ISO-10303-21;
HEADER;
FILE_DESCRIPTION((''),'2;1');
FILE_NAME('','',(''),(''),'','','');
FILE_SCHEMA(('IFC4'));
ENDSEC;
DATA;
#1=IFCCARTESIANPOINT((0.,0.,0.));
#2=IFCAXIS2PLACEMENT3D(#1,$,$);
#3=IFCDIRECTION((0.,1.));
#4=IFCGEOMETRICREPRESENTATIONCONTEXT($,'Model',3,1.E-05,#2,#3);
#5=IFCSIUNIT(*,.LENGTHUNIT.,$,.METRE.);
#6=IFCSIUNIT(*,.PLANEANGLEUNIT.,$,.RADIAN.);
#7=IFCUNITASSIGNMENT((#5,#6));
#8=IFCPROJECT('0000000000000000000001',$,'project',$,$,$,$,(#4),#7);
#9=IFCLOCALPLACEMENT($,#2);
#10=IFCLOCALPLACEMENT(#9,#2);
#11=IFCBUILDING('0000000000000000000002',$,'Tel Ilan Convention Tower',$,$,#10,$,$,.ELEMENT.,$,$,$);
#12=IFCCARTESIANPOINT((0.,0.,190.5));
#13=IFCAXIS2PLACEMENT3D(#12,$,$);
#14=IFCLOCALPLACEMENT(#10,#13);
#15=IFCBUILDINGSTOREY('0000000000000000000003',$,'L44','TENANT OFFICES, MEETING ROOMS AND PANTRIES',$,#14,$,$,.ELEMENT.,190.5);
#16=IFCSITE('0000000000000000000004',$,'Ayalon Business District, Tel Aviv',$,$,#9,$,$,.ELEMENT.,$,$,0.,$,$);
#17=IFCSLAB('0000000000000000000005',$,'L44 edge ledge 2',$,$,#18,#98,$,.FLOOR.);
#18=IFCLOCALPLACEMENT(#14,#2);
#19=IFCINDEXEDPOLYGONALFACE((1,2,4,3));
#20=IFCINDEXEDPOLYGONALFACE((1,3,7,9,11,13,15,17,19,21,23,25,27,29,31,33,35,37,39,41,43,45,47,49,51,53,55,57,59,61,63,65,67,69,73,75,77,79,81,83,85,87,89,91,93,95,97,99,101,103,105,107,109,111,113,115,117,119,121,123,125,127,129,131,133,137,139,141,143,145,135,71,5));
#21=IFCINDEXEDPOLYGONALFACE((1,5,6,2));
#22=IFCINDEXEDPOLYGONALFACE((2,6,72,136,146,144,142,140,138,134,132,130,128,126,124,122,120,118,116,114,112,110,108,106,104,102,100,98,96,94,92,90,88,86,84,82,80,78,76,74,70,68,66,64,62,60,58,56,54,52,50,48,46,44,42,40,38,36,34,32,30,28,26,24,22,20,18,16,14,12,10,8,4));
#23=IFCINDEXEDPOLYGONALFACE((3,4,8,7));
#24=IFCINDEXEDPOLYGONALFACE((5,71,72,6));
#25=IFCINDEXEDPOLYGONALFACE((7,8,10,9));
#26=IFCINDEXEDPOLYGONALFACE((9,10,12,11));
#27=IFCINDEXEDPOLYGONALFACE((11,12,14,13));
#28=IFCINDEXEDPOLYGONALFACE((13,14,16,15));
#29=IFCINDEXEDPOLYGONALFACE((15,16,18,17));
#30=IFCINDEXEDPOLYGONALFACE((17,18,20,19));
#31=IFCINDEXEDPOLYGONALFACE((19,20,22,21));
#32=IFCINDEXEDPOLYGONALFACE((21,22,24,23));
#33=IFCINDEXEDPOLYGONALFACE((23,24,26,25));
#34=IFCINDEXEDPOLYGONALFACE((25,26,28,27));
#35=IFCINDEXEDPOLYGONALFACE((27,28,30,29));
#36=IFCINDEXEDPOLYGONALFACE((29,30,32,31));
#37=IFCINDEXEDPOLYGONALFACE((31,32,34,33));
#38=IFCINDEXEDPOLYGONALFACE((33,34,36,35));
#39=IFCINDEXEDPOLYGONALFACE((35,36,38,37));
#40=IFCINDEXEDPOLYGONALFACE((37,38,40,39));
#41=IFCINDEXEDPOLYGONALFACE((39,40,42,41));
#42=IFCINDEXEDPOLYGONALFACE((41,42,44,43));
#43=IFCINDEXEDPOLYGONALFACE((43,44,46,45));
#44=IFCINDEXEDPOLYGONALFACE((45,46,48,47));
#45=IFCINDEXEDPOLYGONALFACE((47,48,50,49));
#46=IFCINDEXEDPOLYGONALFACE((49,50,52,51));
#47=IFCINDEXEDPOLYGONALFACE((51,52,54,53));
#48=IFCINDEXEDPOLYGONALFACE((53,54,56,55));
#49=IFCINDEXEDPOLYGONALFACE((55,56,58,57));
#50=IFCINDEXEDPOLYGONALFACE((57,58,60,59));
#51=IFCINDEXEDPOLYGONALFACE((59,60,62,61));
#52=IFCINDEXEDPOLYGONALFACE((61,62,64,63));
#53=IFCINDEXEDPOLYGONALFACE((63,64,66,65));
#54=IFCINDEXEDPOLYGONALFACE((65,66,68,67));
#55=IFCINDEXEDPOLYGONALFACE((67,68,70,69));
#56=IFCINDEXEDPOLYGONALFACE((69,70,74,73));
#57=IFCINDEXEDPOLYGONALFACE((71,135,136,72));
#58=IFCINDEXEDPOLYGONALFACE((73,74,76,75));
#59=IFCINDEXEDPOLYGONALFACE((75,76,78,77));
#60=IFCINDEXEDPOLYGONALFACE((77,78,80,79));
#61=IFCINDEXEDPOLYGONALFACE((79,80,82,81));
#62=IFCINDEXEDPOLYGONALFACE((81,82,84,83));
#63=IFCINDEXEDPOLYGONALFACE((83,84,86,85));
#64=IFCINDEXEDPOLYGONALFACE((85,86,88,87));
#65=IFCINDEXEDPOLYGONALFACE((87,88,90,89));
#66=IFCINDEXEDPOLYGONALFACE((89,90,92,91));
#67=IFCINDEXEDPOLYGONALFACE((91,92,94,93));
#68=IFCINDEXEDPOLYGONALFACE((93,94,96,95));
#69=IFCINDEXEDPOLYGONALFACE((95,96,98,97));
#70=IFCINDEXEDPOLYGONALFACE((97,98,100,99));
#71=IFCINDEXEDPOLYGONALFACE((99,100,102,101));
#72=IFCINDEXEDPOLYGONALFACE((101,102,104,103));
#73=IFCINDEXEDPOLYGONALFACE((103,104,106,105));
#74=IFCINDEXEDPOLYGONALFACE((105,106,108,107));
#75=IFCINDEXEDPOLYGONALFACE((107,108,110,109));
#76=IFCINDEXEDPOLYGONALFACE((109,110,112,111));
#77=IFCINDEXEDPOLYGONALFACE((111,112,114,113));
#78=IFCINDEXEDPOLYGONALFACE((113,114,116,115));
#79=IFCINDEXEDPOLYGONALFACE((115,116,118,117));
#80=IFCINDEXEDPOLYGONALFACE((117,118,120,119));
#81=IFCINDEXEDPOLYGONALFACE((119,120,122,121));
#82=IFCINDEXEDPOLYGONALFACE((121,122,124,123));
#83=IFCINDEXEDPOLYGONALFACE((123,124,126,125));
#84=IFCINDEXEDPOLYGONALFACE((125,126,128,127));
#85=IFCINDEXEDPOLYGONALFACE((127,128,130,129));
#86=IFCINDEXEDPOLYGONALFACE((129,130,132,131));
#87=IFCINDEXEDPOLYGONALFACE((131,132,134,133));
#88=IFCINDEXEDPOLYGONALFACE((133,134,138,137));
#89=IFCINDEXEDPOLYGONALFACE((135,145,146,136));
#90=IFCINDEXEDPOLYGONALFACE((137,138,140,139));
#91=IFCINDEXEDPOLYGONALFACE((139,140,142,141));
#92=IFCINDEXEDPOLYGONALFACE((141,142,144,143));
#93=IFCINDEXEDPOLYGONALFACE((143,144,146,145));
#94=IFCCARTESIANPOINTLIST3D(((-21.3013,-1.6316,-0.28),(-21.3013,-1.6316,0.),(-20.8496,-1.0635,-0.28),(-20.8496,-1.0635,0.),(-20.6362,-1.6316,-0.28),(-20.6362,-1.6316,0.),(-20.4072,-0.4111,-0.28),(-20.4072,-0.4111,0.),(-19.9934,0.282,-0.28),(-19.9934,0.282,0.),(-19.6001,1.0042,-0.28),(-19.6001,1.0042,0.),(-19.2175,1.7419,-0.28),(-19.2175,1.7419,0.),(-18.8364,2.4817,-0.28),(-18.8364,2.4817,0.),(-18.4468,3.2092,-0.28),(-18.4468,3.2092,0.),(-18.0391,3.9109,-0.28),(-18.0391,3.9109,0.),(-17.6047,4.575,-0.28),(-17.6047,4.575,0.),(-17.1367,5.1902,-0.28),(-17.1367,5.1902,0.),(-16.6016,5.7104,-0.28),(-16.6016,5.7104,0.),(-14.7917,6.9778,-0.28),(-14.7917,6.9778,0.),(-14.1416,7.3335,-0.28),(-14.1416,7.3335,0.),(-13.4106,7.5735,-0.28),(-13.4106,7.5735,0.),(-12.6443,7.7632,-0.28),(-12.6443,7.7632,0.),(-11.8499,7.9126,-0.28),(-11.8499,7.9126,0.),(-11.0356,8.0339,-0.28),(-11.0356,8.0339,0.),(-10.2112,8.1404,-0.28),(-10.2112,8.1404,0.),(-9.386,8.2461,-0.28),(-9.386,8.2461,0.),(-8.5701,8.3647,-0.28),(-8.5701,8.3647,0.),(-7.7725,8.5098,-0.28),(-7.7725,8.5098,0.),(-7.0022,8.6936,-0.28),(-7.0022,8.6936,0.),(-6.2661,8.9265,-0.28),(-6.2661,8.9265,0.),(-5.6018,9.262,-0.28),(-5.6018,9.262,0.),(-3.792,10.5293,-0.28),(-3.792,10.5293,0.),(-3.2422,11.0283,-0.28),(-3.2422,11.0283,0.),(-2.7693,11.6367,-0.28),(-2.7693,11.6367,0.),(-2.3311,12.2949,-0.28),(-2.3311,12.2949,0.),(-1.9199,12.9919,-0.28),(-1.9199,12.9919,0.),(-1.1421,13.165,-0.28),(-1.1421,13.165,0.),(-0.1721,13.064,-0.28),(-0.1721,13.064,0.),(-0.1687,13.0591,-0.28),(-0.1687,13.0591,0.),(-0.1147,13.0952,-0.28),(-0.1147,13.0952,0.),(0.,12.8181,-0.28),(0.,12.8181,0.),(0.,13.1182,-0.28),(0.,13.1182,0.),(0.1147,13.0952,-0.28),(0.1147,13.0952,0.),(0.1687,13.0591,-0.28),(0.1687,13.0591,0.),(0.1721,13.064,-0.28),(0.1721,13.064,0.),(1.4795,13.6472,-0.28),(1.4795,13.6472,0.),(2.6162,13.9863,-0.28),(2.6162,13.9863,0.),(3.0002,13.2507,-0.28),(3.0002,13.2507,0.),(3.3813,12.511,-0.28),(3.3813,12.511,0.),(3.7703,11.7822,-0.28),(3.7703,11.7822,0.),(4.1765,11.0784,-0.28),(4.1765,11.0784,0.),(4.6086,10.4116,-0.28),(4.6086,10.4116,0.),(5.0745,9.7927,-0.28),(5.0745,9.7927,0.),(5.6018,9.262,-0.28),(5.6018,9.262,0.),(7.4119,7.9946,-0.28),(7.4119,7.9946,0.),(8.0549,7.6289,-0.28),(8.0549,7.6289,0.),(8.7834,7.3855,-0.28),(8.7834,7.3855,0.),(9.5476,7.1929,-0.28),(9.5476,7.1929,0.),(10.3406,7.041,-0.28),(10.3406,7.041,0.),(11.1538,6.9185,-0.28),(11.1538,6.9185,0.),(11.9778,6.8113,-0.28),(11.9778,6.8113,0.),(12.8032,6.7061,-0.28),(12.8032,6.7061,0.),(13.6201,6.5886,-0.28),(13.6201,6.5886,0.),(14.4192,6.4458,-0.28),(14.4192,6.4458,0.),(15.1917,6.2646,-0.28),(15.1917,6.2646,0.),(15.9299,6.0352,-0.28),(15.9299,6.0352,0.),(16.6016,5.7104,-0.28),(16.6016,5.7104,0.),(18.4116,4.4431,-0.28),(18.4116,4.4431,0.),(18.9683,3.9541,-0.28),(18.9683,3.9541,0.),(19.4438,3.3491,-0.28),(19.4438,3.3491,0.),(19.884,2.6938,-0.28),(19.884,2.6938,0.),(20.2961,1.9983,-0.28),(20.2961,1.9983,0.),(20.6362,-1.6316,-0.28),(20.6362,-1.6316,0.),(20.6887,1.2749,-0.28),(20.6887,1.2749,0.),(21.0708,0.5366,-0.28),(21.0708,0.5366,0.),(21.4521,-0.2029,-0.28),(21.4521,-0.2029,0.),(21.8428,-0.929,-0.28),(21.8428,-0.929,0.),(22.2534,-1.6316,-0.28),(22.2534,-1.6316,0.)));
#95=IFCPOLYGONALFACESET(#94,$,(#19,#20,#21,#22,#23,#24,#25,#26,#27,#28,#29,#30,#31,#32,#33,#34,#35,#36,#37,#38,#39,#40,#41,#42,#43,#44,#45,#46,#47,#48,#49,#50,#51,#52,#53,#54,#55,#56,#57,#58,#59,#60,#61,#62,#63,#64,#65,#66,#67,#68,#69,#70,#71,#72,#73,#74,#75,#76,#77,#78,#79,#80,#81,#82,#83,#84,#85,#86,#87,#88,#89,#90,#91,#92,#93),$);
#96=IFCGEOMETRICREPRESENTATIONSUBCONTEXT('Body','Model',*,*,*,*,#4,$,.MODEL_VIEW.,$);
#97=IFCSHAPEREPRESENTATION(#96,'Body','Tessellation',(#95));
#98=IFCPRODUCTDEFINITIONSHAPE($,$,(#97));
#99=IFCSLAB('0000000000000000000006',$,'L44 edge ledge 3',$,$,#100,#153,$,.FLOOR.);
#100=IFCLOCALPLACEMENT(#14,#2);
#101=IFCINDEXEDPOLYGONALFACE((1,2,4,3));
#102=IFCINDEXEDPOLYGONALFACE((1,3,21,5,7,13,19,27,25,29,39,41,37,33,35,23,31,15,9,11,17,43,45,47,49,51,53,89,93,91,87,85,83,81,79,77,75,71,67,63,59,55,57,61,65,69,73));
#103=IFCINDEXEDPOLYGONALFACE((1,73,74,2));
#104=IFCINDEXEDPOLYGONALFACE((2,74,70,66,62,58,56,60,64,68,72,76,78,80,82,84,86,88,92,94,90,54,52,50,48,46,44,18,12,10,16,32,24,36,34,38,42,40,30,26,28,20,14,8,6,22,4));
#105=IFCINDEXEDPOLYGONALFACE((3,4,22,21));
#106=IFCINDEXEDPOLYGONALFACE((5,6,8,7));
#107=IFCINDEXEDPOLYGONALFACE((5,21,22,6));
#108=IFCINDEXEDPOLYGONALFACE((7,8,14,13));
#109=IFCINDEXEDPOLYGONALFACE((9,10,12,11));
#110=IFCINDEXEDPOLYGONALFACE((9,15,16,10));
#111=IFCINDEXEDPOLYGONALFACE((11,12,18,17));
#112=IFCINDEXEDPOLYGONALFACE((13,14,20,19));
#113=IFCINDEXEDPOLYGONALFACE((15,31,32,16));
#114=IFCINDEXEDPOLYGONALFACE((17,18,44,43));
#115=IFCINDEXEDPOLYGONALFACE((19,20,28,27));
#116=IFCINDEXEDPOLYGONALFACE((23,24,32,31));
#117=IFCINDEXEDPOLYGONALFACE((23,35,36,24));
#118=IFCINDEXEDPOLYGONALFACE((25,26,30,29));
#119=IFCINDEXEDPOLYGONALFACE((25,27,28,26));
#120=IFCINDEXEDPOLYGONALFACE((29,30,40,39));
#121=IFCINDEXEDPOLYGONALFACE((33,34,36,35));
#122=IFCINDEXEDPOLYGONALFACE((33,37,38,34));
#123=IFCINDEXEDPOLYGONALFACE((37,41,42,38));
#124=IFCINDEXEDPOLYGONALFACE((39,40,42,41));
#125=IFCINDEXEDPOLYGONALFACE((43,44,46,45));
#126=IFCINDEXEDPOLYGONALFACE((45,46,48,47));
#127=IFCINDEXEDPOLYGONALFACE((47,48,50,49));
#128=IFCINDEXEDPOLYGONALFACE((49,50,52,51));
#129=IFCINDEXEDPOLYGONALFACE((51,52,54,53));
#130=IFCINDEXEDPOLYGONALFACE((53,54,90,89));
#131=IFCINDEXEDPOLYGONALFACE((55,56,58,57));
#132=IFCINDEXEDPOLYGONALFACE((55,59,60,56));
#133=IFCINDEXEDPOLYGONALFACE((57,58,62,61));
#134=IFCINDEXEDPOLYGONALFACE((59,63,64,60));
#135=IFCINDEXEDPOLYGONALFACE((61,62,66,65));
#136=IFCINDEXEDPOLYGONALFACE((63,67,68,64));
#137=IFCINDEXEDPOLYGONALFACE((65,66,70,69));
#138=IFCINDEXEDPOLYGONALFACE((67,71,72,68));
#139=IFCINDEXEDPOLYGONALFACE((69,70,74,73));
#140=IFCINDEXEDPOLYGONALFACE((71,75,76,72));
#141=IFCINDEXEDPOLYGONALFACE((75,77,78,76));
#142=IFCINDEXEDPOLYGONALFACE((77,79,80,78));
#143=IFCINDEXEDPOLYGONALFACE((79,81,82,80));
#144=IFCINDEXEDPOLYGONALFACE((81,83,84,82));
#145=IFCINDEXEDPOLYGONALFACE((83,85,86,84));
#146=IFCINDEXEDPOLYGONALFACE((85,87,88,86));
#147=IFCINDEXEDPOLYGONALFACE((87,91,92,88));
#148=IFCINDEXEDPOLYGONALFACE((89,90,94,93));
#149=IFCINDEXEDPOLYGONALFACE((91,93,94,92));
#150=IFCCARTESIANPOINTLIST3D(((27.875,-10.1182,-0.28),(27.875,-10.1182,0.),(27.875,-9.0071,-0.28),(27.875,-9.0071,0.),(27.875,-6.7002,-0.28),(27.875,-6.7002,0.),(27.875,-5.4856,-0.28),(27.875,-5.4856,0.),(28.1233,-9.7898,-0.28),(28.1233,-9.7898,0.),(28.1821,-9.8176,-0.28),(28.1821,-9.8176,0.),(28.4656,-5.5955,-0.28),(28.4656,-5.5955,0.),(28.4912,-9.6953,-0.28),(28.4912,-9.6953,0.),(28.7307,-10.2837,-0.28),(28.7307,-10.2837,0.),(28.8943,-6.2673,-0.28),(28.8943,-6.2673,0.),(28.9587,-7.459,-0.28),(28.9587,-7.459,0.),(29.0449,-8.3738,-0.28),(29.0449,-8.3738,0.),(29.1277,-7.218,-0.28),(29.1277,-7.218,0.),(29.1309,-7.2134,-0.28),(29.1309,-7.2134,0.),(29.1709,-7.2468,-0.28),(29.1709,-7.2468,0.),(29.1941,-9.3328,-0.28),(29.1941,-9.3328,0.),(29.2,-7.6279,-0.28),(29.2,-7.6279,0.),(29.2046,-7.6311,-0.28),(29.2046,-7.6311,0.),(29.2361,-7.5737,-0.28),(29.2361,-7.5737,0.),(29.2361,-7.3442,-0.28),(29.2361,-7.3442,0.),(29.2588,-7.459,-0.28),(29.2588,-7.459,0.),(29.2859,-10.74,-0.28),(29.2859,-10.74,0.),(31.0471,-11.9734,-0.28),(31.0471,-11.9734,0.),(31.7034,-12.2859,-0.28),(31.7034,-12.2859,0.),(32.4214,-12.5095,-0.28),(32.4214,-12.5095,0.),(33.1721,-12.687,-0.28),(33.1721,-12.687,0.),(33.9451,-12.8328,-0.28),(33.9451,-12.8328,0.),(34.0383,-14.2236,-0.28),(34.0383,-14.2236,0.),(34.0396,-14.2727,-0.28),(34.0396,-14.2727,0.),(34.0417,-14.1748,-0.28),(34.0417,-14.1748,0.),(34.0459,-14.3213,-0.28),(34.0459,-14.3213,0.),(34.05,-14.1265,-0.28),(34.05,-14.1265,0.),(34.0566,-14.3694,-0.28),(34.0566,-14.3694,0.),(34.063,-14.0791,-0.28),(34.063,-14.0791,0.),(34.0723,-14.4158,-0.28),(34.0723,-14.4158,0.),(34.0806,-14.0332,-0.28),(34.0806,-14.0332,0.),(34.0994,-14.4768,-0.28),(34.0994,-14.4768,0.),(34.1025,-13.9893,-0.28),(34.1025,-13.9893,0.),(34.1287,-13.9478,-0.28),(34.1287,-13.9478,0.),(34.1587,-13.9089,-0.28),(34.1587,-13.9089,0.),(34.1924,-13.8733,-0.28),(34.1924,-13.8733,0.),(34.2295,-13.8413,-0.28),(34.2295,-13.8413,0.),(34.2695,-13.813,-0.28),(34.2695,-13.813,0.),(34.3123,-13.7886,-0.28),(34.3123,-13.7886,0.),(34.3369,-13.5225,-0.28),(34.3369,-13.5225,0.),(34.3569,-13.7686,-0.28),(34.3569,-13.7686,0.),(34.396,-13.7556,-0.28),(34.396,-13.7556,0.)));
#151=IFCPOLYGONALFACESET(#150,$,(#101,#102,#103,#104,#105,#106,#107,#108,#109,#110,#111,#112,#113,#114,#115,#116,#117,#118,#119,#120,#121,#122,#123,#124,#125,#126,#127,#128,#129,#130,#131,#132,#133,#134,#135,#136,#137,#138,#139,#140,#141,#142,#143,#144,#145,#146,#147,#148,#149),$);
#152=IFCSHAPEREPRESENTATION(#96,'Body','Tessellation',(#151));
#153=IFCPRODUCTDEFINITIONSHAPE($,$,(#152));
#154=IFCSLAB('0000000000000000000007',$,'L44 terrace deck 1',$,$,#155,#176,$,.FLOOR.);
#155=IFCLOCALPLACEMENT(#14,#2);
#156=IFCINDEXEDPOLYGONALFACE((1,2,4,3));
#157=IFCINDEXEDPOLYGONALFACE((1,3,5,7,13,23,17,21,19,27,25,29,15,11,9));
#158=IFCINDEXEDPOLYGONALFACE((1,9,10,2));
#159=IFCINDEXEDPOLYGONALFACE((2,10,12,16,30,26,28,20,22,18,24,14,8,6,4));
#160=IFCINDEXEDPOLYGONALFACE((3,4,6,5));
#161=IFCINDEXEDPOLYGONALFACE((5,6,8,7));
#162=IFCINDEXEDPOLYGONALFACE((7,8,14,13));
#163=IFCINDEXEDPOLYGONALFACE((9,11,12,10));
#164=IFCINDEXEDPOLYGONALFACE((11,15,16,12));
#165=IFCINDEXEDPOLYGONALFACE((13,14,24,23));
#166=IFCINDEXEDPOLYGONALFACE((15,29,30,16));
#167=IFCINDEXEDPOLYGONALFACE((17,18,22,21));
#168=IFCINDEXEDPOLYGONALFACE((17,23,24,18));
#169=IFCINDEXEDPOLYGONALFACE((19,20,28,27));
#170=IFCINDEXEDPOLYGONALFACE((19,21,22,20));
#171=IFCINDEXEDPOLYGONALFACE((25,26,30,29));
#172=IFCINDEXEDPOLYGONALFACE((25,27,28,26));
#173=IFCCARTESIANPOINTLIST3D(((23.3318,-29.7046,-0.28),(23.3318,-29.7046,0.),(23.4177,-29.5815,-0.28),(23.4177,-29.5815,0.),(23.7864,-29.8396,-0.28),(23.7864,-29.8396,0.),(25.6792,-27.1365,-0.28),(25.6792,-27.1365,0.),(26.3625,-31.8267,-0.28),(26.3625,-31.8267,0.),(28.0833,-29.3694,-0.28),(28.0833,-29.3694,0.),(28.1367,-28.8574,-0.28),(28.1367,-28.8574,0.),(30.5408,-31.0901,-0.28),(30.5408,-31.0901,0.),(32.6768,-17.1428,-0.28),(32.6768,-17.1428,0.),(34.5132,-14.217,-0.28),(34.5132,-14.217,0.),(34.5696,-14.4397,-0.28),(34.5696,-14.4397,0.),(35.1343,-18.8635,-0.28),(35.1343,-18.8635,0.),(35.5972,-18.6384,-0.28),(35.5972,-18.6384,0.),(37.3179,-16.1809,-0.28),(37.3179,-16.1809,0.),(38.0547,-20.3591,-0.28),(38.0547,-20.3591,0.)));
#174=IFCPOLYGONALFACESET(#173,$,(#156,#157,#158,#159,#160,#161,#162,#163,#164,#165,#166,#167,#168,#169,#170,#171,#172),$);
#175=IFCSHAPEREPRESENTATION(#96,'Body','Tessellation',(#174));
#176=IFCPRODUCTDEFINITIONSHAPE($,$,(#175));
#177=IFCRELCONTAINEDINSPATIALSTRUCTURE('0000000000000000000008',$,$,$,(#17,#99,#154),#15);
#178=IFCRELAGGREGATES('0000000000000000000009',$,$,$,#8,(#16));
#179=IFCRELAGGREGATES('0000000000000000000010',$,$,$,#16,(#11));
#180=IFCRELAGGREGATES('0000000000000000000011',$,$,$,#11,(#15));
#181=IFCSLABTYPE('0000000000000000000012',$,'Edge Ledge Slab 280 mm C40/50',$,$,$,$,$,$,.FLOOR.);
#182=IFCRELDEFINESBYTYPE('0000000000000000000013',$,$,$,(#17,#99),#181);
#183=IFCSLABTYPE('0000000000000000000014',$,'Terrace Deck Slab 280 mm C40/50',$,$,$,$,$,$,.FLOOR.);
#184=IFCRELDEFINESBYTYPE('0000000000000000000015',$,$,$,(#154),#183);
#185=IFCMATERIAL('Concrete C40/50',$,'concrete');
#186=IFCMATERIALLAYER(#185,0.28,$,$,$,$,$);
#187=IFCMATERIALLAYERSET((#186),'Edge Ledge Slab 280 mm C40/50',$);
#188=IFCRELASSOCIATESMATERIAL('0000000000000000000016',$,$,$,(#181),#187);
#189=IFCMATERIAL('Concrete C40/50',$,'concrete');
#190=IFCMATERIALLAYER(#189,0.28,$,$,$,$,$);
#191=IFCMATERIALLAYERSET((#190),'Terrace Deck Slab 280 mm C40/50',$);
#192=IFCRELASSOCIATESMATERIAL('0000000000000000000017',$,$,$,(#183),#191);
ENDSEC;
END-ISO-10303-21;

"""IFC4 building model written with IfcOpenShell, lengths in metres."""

from ifc_helpers import new_model, si_unit, direction, frame, origin, place, context, subcontext, project, spatial, polyline, outline, extrude, material, layer, layer_set, type_object, element, save


model = new_model("IFC4")

# Units and contexts
model_context = context("Model", 3, precision=1e-05, world=origin(), true_north=direction((0.0, 1.0)))
body_context = subcontext(model_context, "Body", "Model", "MODEL_VIEW")
ifc_project = project(units=[si_unit("LENGTHUNIT", "METRE"), si_unit("PLANEANGLEUNIT", "RADIAN")], contexts=[model_context])

# Site, building, storey
site_placement = place(None, origin())
site = spatial("IfcSite", under=ifc_project, at=site_placement, Name="Ayalon Business District, Tel Aviv", CompositionType="ELEMENT", RefElevation=0.0)
building_placement = place(site_placement, origin())
building = spatial("IfcBuilding", under=site, at=building_placement, Name="Tel Ilan Convention Tower", CompositionType="ELEMENT")
storey_placement = place(building_placement, frame((0.0, 0.0, 190.5)))
storey = spatial("IfcBuildingStorey", under=building, at=storey_placement, Name="L44", Description="TENANT OFFICES, MEETING ROOMS AND PANTRIES", CompositionType="ELEMENT", Elevation=190.5)

# Slabs
ifc_material_1 = material(Name="Concrete C40/50", Category="concrete")
ifc_layer_1 = layer(ifc_material_1, 0.28)
ifc_layer_set_1 = layer_set([ifc_layer_1], Name="Edge Ledge Slab 280 mm C40/50")
slab_type_1 = type_object("IfcSlabType", Name="Edge Ledge Slab 280 mm C40/50", PredefinedType="FLOOR", material=ifc_layer_set_1)
slab_1_placement = place(storey_placement, frame((0.0, 0.0, -0.28)))
element("IfcSlab", 1, at=slab_1_placement, inside=storey, type_object=slab_type_1, Name="L44 edge ledge 2", PredefinedType="FLOOR", context=body_context, shape_type="SweptSolid", body=[
    extrude(outline(polyline([(-18.4468, 3.2092), (-18.0391, 3.9109), (-17.6047, 4.575), (-17.1367, 5.1902), (-16.6016, 5.7104), (-14.7917, 6.9778), (-14.1416, 7.3335), (-13.4106, 7.5735), (-12.6443, 7.7632), (-11.8499, 7.9126), (-11.0356, 8.0339), (-10.2112, 8.1404), (-9.386, 8.2461), (-8.5701, 8.3647), (-7.7725, 8.5098), (-7.0022, 8.6936), (-6.2661, 8.9265), (-5.6018, 9.262), (-3.792, 10.5293), (-3.2422, 11.0283), (-2.7693, 11.6367), (-2.3311, 12.2949), (-1.9199, 12.9919), (-1.1421, 13.165), (-0.1721, 13.064), (-0.1687, 13.0591), (-0.1147, 13.0952), (0.0, 13.1182), (0.1147, 13.0952), (0.1687, 13.0591), (0.1721, 13.064), (1.4795, 13.6472), (2.6162, 13.9863), (3.0002, 13.2507), (3.3813, 12.511), (3.7703, 11.7822), (4.1765, 11.0784), (4.6086, 10.4116), (5.0745, 9.7927), (5.6018, 9.262), (7.4119, 7.9946), (8.0549, 7.6289), (8.7834, 7.3855), (9.5476, 7.1929), (10.3406, 7.041), (11.1538, 6.9185), (11.9778, 6.8113), (12.8032, 6.7061), (13.6201, 6.5886), (14.4192, 6.4458), (15.1917, 6.2646), (15.9299, 6.0352), (16.6016, 5.7104), (18.4116, 4.4431), (18.9683, 3.9541), (19.4438, 3.3491), (19.884, 2.6938), (20.2961, 1.9983), (20.6887, 1.2749), (21.0708, 0.5366), (21.4521, -0.2029), (21.8428, -0.929), (22.2534, -1.6316), (20.6362, -1.6316), (0.0, 12.8181), (-20.6362, -1.6316), (-21.3013, -1.6316), (-20.8496, -1.0635), (-20.4072, -0.4111), (-19.9934, 0.282), (-19.6001, 1.0042), (-19.2175, 1.7419), (-18.8364, 2.4817), (-18.4468, 3.2092)])), origin(), (0.0, 0.0, 1.0), 0.28),
])
slab_2_placement = place(storey_placement, frame((0.0, 0.0, -0.28)))
element("IfcSlab", 2, at=slab_2_placement, inside=storey, type_object=slab_type_1, Name="L44 edge ledge 3", PredefinedType="FLOOR", context=body_context, shape_type="SweptSolid", body=[
    extrude(outline(polyline([(29.2588, -7.459), (29.2361, -7.5737), (29.2, -7.6279), (29.2046, -7.6311), (29.0449, -8.3738), (29.1941, -9.3328), (28.4912, -9.6953), (28.1233, -9.7898), (28.1821, -9.8176), (28.7307, -10.2837), (29.2859, -10.74), (31.0471, -11.9734), (31.7034, -12.2859), (32.4214, -12.5095), (33.1721, -12.687), (33.9451, -12.8328), (34.3369, -13.5225), (34.396, -13.7556), (34.3569, -13.7686), (34.3123, -13.7886), (34.2695, -13.813), (34.2295, -13.8413), (34.1924, -13.8733), (34.1587, -13.9089), (34.1287, -13.9478), (34.1025, -13.9893), (34.0806, -14.0332), (34.063, -14.0791), (34.05, -14.1265), (34.0417, -14.1748), (34.0383, -14.2236), (34.0396, -14.2727), (34.0459, -14.3213), (34.0566, -14.3694), (34.0723, -14.4158), (34.0994, -14.4768), (27.875, -10.1182), (27.875, -9.0071), (28.9587, -7.459), (27.875, -6.7002), (27.875, -5.4856), (28.4656, -5.5955), (28.8943, -6.2673), (29.1309, -7.2134), (29.1277, -7.218), (29.1709, -7.2468), (29.2361, -7.3442), (29.2588, -7.459)])), origin(), (0.0, 0.0, 1.0), 0.28),
])
ifc_material_2 = material(Name="Concrete C40/50", Category="concrete")
ifc_layer_2 = layer(ifc_material_2, 0.28)
ifc_layer_set_2 = layer_set([ifc_layer_2], Name="Terrace Deck Slab 280 mm C40/50")
slab_type_2 = type_object("IfcSlabType", Name="Terrace Deck Slab 280 mm C40/50", PredefinedType="FLOOR", material=ifc_layer_set_2)
slab_3_placement = place(storey_placement, frame((0.0, 0.0, -0.28)))
element("IfcSlab", 3, at=slab_3_placement, inside=storey, type_object=slab_type_2, Name="L44 terrace deck 1", PredefinedType="FLOOR", context=body_context, shape_type="SweptSolid", body=[
    extrude(outline(polyline([(23.4177, -29.5815), (23.7864, -29.8396), (25.6792, -27.1365), (28.1367, -28.8574), (35.1343, -18.8635), (32.6768, -17.1428), (34.5696, -14.4397), (34.5132, -14.217), (37.3179, -16.1809), (35.5972, -18.6384), (38.0547, -20.3591), (30.5408, -31.0901), (28.0833, -29.3694), (26.3625, -31.8267), (23.3318, -29.7046), (23.4177, -29.5815)])), origin(), (0.0, 0.0, 1.0), 0.28),
])

save(model, "model.ifc")
